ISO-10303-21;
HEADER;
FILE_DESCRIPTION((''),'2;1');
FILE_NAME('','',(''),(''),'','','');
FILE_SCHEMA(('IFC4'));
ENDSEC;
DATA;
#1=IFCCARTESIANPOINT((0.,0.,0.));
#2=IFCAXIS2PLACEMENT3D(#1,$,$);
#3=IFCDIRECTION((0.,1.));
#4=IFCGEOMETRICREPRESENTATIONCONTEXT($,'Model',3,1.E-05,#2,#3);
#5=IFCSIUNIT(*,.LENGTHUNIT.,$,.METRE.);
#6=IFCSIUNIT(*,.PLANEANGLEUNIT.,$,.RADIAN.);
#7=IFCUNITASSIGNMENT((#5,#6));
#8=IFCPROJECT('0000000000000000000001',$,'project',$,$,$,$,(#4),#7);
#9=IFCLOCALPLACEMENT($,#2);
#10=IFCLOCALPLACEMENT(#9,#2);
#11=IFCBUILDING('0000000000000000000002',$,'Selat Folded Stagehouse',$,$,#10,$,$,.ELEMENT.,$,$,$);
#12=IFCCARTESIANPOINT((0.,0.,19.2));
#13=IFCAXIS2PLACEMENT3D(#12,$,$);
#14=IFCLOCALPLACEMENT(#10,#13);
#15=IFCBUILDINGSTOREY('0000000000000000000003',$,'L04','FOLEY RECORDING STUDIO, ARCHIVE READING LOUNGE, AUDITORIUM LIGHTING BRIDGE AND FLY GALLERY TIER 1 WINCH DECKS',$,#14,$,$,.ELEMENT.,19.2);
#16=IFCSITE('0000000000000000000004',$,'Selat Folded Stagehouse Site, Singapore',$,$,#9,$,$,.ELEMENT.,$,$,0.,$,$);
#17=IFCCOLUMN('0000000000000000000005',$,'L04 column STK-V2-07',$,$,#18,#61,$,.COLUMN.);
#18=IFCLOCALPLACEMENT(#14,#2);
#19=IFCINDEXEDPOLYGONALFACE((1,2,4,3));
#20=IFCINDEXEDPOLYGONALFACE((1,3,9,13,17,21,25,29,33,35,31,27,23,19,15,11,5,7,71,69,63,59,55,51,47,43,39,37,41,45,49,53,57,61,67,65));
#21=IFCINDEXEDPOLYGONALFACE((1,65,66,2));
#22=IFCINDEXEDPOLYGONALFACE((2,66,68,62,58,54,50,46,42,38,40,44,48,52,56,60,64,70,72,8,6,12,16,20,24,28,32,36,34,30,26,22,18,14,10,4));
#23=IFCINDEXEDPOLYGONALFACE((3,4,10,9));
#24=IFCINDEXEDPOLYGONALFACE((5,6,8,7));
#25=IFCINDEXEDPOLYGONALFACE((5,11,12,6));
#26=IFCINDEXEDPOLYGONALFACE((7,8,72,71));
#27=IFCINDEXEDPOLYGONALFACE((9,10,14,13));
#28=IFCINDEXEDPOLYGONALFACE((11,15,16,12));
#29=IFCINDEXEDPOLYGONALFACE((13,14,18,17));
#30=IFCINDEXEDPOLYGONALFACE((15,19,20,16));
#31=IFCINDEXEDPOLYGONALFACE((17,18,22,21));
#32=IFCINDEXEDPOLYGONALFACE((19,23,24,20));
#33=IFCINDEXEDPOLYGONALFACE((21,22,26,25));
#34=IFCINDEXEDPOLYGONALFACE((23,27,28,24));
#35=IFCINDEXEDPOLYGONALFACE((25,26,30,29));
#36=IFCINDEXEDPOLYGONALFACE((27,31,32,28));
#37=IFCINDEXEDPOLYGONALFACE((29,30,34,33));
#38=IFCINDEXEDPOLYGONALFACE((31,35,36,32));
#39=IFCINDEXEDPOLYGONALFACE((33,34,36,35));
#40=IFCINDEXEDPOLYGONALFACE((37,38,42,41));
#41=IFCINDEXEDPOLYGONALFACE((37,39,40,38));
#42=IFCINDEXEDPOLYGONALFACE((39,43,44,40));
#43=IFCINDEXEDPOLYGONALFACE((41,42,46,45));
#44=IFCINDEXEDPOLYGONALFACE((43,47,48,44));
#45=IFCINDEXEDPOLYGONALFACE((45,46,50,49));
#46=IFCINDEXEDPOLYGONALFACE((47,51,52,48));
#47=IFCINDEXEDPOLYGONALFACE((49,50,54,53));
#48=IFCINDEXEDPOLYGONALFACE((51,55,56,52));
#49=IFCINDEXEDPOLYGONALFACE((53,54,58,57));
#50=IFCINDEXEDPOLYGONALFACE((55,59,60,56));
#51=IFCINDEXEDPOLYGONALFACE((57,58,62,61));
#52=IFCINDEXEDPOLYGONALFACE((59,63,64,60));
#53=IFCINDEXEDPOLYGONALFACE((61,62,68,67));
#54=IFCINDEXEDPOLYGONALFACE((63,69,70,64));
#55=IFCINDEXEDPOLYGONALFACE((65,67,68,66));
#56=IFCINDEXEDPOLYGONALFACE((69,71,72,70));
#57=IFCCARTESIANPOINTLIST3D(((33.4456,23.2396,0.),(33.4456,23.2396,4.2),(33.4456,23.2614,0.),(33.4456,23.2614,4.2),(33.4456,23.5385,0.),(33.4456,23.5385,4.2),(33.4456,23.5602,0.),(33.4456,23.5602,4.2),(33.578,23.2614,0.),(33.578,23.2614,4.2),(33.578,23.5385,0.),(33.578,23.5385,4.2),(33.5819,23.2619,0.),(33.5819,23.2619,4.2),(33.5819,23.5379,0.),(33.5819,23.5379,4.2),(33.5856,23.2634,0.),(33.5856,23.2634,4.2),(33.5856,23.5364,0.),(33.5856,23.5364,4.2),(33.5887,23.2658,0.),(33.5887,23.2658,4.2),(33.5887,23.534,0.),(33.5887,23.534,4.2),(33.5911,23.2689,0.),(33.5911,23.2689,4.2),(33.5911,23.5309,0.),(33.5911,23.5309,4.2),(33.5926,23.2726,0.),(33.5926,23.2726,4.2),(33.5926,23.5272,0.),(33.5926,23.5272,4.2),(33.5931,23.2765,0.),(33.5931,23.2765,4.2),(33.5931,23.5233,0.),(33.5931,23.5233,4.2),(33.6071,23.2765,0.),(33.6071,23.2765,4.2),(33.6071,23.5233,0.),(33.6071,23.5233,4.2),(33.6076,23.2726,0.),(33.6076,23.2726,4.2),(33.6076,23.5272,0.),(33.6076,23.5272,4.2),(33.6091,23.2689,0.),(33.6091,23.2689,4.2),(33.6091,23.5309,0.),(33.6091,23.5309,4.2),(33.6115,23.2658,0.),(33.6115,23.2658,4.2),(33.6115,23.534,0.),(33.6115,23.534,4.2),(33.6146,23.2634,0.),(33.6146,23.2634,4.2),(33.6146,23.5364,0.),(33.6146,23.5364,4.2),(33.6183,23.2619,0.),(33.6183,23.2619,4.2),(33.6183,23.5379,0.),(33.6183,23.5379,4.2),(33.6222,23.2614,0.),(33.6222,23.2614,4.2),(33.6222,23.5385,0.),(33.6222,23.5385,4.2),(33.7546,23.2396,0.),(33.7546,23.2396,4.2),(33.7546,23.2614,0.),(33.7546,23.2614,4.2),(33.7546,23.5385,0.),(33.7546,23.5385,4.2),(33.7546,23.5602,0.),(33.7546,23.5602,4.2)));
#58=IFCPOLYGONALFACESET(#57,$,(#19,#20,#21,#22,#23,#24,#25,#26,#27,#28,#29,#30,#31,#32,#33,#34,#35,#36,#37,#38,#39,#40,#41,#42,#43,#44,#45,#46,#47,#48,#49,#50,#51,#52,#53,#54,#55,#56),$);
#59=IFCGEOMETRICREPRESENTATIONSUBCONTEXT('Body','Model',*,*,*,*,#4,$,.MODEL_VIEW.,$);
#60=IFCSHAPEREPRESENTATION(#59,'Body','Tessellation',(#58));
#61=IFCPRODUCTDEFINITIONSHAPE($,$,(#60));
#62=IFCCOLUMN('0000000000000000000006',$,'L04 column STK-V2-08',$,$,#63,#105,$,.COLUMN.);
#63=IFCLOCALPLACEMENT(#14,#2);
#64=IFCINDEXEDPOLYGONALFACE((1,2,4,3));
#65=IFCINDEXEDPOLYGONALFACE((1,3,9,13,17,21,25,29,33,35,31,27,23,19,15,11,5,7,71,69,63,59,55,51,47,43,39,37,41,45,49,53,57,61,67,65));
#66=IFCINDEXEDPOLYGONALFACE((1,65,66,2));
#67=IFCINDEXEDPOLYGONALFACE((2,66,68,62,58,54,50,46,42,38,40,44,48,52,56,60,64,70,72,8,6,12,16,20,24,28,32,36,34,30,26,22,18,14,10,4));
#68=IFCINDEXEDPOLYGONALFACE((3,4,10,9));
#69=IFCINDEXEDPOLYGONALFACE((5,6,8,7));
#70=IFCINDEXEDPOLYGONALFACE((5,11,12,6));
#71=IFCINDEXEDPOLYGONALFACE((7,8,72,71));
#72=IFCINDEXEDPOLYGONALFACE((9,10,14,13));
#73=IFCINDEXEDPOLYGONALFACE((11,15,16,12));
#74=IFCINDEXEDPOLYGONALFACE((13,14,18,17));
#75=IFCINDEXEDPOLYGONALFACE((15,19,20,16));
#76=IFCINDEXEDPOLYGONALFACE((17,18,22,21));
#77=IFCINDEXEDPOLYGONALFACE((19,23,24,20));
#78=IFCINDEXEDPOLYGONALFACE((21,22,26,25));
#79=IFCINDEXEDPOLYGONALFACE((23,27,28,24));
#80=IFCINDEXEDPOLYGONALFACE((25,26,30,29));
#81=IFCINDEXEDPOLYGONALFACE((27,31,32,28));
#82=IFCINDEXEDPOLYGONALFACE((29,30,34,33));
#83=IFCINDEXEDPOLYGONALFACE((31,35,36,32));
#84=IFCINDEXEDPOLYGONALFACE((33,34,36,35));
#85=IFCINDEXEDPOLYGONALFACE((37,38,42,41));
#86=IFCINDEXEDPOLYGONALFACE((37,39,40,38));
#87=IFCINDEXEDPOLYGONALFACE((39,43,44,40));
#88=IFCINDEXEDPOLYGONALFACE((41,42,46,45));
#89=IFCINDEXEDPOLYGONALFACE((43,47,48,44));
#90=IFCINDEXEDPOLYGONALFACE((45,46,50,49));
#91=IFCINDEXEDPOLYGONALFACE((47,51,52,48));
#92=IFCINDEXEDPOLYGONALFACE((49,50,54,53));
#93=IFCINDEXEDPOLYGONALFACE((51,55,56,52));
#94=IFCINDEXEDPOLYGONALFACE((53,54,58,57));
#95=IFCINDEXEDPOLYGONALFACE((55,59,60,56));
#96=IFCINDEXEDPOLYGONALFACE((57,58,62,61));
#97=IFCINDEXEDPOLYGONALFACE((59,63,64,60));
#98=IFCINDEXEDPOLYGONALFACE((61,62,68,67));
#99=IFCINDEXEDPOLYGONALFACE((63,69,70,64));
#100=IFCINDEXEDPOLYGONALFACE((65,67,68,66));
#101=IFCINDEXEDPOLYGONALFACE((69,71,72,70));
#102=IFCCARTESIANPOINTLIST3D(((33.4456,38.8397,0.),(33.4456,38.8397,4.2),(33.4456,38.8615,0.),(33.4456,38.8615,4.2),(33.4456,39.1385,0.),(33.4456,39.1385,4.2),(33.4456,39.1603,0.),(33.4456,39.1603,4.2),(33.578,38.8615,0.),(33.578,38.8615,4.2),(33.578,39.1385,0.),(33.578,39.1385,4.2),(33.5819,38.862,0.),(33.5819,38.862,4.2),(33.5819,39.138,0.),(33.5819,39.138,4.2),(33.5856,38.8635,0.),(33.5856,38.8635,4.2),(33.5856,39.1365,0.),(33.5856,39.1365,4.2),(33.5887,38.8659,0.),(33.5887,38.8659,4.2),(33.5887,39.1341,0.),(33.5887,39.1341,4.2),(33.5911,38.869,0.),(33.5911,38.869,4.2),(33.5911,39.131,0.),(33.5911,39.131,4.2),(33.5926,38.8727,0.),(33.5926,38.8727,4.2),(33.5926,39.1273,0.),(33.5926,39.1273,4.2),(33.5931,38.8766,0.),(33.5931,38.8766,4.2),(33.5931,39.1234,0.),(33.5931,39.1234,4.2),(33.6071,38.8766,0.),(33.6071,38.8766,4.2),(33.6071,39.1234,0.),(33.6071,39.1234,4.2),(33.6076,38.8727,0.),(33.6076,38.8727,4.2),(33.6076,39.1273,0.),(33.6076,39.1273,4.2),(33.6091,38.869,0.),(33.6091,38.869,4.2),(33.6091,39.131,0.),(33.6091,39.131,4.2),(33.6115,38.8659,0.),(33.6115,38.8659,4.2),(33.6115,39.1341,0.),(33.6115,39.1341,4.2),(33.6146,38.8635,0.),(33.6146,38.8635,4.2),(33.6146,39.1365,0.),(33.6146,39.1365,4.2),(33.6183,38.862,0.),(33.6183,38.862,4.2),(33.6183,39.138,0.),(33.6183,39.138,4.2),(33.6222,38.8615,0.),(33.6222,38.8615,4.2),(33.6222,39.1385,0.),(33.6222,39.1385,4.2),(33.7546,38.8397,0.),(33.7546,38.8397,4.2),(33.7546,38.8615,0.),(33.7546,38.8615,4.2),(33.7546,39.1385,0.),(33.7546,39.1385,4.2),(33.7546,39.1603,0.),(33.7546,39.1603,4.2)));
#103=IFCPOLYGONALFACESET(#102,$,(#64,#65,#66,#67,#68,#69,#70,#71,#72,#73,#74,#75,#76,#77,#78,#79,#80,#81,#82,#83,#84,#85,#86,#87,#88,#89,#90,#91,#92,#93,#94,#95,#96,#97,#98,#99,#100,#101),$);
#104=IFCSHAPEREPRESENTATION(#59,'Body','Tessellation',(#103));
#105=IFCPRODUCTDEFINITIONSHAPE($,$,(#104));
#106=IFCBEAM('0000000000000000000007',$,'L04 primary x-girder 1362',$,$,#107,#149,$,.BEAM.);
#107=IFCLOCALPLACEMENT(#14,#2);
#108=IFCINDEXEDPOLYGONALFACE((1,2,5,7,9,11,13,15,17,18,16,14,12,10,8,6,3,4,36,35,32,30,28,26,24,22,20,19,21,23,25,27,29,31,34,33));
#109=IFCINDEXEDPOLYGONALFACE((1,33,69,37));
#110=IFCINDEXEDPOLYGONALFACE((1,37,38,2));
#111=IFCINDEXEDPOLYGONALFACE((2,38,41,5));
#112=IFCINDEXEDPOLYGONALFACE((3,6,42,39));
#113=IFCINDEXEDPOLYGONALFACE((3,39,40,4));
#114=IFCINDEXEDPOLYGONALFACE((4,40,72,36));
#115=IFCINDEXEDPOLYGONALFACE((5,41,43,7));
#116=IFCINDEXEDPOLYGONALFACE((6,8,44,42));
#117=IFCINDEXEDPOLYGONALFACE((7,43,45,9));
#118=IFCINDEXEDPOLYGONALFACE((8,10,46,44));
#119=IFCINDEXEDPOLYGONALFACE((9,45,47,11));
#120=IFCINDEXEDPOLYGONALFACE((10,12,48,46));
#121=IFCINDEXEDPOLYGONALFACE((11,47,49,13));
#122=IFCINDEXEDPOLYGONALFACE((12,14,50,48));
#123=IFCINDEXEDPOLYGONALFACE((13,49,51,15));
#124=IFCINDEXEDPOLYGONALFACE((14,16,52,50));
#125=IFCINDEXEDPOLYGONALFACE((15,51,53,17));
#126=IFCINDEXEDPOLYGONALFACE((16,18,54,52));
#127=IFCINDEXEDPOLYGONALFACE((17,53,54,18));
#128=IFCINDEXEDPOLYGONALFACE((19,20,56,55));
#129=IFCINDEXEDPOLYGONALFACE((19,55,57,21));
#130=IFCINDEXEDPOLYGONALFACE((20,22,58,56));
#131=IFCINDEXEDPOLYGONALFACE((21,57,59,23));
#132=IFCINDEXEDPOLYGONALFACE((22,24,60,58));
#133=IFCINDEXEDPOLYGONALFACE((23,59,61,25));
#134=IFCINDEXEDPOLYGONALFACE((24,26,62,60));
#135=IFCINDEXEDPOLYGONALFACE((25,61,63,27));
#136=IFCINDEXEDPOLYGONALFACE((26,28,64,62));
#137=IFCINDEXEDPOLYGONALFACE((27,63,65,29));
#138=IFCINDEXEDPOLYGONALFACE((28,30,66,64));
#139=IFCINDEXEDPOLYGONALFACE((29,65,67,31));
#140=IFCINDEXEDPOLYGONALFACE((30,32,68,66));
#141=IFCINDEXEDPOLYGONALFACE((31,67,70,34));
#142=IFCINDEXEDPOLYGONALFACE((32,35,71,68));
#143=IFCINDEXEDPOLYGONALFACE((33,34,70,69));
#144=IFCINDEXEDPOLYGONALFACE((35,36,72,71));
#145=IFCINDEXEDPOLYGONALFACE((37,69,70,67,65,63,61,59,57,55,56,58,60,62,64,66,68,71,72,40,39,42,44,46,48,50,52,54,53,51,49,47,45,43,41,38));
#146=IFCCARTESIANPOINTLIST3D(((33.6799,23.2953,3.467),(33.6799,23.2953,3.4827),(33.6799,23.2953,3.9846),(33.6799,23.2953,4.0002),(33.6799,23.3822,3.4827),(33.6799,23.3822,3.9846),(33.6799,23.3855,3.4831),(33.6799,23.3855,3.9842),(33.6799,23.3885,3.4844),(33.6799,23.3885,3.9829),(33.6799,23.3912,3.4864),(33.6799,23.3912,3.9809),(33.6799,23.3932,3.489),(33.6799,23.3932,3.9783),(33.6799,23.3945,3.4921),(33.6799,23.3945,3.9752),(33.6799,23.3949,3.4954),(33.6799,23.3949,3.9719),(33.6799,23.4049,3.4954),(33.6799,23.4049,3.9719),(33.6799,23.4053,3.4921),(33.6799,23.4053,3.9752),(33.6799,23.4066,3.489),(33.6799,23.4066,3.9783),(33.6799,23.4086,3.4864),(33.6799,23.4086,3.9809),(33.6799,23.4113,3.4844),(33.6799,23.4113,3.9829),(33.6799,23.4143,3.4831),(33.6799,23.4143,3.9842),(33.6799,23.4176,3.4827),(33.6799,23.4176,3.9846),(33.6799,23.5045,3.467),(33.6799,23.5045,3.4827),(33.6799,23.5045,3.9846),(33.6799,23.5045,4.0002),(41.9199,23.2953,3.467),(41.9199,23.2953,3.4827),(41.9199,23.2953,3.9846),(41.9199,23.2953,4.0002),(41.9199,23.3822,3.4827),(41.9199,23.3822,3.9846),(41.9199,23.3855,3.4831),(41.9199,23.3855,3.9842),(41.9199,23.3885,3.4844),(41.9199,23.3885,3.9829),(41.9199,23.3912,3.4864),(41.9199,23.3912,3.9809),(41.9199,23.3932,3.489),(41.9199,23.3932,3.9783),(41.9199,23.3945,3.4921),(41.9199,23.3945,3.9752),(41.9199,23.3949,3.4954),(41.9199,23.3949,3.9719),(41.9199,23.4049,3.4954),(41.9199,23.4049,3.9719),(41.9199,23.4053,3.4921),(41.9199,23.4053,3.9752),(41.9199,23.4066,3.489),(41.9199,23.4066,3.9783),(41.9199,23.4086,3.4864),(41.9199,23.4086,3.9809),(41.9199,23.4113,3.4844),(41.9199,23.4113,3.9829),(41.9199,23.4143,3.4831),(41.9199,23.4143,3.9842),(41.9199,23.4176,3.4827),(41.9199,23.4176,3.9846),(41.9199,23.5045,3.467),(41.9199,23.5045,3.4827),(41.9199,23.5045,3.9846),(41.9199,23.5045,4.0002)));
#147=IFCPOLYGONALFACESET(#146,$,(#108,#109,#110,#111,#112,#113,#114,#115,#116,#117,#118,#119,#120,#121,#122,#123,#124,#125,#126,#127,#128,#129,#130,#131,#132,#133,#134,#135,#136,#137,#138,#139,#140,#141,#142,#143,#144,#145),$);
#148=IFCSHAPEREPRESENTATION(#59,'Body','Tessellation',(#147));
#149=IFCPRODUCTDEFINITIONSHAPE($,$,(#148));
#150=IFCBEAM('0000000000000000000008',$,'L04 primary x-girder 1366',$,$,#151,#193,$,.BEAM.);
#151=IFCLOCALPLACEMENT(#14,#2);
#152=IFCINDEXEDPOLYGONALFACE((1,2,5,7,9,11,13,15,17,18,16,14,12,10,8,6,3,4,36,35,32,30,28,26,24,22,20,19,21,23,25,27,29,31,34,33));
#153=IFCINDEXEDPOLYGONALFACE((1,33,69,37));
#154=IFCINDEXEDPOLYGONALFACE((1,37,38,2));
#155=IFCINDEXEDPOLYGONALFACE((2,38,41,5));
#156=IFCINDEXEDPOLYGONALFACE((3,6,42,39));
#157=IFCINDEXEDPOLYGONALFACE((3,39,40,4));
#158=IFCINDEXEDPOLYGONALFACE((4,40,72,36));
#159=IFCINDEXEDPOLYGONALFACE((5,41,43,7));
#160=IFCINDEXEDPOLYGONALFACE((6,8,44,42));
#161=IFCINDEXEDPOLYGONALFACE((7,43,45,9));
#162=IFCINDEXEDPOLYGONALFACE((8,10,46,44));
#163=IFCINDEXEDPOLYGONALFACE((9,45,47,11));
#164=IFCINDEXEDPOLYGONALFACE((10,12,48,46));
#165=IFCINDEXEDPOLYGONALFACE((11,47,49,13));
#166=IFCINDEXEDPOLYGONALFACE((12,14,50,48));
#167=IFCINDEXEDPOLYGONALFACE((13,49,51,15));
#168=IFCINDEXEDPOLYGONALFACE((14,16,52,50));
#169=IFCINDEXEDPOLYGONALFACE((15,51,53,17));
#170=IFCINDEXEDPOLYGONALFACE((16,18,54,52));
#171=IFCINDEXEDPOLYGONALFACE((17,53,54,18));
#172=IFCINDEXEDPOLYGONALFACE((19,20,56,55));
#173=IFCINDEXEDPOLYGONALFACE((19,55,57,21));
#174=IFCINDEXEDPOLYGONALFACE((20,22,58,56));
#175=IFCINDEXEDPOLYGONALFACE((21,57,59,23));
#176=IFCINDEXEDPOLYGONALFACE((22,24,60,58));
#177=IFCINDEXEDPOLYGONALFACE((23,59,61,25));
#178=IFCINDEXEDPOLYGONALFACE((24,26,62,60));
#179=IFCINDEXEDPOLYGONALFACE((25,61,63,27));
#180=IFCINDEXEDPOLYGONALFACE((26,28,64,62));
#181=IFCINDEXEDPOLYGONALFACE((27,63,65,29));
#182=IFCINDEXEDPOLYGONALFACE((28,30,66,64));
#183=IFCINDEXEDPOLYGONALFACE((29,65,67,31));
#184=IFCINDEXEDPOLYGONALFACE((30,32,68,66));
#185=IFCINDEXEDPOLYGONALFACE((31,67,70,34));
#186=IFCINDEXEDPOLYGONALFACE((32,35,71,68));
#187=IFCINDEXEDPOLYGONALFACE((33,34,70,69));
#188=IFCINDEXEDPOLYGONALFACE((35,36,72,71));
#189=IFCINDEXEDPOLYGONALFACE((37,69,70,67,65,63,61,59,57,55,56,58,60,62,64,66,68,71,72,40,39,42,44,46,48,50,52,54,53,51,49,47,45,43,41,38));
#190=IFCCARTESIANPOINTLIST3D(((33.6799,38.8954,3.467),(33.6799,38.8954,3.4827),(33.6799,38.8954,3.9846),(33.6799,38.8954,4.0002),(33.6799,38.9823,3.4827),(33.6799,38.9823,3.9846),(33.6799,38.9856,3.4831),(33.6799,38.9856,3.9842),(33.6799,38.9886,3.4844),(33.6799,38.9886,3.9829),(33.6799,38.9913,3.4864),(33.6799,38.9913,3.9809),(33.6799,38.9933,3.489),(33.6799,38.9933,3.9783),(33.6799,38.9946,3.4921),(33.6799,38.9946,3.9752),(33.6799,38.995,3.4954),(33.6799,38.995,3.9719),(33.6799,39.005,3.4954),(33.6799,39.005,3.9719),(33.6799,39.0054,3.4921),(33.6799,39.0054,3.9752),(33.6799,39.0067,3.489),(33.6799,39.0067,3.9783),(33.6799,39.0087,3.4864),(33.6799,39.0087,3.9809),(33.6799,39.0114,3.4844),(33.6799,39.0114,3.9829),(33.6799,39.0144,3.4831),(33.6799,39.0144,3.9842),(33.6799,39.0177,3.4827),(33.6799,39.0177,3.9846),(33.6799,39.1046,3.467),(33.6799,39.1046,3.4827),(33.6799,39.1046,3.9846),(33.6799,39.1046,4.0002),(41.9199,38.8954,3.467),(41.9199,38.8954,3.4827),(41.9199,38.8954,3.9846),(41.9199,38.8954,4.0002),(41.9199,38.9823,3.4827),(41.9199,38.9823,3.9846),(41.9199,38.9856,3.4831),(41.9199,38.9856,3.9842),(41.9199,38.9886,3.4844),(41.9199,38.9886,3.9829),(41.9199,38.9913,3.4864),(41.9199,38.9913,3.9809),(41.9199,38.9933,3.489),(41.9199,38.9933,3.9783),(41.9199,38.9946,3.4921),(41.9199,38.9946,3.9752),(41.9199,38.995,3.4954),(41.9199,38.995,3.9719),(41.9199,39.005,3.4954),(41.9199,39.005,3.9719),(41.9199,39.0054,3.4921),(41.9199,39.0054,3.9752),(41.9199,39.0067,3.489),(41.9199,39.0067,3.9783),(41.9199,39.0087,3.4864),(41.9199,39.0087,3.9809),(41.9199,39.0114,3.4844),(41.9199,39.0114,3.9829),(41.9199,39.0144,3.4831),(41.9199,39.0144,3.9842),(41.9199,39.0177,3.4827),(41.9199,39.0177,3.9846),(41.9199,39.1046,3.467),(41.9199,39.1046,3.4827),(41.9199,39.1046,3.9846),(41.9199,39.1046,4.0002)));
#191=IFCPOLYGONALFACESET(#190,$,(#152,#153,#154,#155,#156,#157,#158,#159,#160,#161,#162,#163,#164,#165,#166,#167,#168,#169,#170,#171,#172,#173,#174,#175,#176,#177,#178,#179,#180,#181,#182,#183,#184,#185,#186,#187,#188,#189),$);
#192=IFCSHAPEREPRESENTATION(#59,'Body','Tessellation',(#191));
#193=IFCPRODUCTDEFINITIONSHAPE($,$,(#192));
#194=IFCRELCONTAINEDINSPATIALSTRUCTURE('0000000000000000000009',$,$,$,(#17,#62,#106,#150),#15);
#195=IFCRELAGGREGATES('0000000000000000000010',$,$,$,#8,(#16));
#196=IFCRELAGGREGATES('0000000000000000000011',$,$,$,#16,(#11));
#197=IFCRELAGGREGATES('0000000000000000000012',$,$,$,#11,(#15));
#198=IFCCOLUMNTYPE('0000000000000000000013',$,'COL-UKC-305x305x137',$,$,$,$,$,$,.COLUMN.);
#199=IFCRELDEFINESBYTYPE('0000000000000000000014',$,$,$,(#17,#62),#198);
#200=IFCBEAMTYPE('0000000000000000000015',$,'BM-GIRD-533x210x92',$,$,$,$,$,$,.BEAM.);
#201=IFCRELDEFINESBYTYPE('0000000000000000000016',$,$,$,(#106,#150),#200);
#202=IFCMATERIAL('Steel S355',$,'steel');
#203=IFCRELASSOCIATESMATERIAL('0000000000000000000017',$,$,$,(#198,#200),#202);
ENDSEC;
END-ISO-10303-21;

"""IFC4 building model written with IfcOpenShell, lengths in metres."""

from ifc_helpers import new_model, si_unit, direction, frame, origin, origin_2d, place, context, subcontext, project, spatial, i_section, extrude, material, material_profile, profile_set, type_object, element, save


model = new_model("IFC4")

# Units and contexts
model_context = context("Model", 3, precision=1e-05, world=origin(), true_north=direction((0.0, 1.0)))
body_context = subcontext(model_context, "Body", "Model", "MODEL_VIEW")
ifc_project = project(units=[si_unit("LENGTHUNIT", "METRE"), si_unit("PLANEANGLEUNIT", "RADIAN")], contexts=[model_context])

# Site, building, storey
site_placement = place(None, origin())
site = spatial("IfcSite", under=ifc_project, at=site_placement, Name="Selat Folded Stagehouse Site, Singapore", CompositionType="ELEMENT", RefElevation=0.0)
building_placement = place(site_placement, origin())
building = spatial("IfcBuilding", under=site, at=building_placement, Name="Selat Folded Stagehouse", CompositionType="ELEMENT")
storey_placement = place(building_placement, frame((0.0, 0.0, 19.2)))
storey = spatial("IfcBuildingStorey", under=building, at=storey_placement, Name="L04", Description="FOLEY RECORDING STUDIO, ARCHIVE READING LOUNGE, AUDITORIUM LIGHTING BRIDGE AND FLY GALLERY TIER 1 WINCH DECKS", CompositionType="ELEMENT", Elevation=19.2)

# Columns
ifc_material_1 = material(Name="Steel S355", Category="steel")
ifc_material_profile_1 = material_profile(ifc_material_1, i_section(OverallWidth=0.3091, OverallDepth=0.3206, WebThickness=0.0139, FlangeThickness=0.0217, FilletRadius=0.0151, at=origin_2d()), Name="UKC 305x305x137")
ifc_profile_set_1 = profile_set([ifc_material_profile_1], Name="Steel S355")
column_type = type_object("IfcColumnType", Name="COL-UKC-305x305x137", PredefinedType="COLUMN", material=ifc_profile_set_1)
for number, where, z_axis, x_axis, name in (
    (1, (33.6001, 23.3999, 0.0), (0.0, 0.0, 1.0), (1.0, 0.0, 0.0), "L04 column STK-V2-07"),
    (2, (33.6001, 39.0, 0.0), (0.0, 0.0, 1.0), (1.0, 0.0, 0.0), "L04 column STK-V2-08"),
):
    element("IfcColumn", number, at=place(storey_placement, frame(where, z_axis=z_axis, x_axis=x_axis)), inside=storey, type_object=column_type, Name=name, PredefinedType="COLUMN", context=body_context, shape_type="SweptSolid", body=[
        extrude(i_section(OverallWidth=0.3091, OverallDepth=0.3206, WebThickness=0.0139, FlangeThickness=0.0217, FilletRadius=0.0151, at=origin_2d()), origin(), (0.0, 0.0, 1.0), 4.2),
    ])

# Beams
ifc_material_profile_2 = material_profile(ifc_material_1, i_section(OverallWidth=0.2092, OverallDepth=0.5332, WebThickness=0.01, FlangeThickness=0.0156, FilletRadius=0.0127, at=origin_2d()), Name="UKB 533x210x92")
ifc_profile_set_2 = profile_set([ifc_material_profile_2], Name="Steel S355")
beam_type_1 = type_object("IfcBeamType", Name="BM-GIRD-533x210x92", PredefinedType="BEAM", material=ifc_profile_set_2)
for number, where, z_axis, x_axis, name in (
    (3, (33.6799, 23.3999, 3.7336), (1.0, 0.0, 0.0), (0.0, 1.0, 0.0), "L04 primary x-girder 1362"),
    (4, (33.6799, 39.0, 3.7336), (1.0, 0.0, 0.0), (0.0, 1.0, 0.0), "L04 primary x-girder 1366"),
):
    element("IfcBeam", number, at=place(storey_placement, frame(where, z_axis=z_axis, x_axis=x_axis)), inside=storey, type_object=beam_type_1, Name=name, PredefinedType="BEAM", context=body_context, shape_type="SweptSolid", body=[
        extrude(i_section(OverallWidth=0.2092, OverallDepth=0.5332, WebThickness=0.01, FlangeThickness=0.0156, FilletRadius=0.0127, at=origin_2d()), origin(), (0.0, 0.0, 1.0), 8.24),
    ])

save(model, "model.ifc")
